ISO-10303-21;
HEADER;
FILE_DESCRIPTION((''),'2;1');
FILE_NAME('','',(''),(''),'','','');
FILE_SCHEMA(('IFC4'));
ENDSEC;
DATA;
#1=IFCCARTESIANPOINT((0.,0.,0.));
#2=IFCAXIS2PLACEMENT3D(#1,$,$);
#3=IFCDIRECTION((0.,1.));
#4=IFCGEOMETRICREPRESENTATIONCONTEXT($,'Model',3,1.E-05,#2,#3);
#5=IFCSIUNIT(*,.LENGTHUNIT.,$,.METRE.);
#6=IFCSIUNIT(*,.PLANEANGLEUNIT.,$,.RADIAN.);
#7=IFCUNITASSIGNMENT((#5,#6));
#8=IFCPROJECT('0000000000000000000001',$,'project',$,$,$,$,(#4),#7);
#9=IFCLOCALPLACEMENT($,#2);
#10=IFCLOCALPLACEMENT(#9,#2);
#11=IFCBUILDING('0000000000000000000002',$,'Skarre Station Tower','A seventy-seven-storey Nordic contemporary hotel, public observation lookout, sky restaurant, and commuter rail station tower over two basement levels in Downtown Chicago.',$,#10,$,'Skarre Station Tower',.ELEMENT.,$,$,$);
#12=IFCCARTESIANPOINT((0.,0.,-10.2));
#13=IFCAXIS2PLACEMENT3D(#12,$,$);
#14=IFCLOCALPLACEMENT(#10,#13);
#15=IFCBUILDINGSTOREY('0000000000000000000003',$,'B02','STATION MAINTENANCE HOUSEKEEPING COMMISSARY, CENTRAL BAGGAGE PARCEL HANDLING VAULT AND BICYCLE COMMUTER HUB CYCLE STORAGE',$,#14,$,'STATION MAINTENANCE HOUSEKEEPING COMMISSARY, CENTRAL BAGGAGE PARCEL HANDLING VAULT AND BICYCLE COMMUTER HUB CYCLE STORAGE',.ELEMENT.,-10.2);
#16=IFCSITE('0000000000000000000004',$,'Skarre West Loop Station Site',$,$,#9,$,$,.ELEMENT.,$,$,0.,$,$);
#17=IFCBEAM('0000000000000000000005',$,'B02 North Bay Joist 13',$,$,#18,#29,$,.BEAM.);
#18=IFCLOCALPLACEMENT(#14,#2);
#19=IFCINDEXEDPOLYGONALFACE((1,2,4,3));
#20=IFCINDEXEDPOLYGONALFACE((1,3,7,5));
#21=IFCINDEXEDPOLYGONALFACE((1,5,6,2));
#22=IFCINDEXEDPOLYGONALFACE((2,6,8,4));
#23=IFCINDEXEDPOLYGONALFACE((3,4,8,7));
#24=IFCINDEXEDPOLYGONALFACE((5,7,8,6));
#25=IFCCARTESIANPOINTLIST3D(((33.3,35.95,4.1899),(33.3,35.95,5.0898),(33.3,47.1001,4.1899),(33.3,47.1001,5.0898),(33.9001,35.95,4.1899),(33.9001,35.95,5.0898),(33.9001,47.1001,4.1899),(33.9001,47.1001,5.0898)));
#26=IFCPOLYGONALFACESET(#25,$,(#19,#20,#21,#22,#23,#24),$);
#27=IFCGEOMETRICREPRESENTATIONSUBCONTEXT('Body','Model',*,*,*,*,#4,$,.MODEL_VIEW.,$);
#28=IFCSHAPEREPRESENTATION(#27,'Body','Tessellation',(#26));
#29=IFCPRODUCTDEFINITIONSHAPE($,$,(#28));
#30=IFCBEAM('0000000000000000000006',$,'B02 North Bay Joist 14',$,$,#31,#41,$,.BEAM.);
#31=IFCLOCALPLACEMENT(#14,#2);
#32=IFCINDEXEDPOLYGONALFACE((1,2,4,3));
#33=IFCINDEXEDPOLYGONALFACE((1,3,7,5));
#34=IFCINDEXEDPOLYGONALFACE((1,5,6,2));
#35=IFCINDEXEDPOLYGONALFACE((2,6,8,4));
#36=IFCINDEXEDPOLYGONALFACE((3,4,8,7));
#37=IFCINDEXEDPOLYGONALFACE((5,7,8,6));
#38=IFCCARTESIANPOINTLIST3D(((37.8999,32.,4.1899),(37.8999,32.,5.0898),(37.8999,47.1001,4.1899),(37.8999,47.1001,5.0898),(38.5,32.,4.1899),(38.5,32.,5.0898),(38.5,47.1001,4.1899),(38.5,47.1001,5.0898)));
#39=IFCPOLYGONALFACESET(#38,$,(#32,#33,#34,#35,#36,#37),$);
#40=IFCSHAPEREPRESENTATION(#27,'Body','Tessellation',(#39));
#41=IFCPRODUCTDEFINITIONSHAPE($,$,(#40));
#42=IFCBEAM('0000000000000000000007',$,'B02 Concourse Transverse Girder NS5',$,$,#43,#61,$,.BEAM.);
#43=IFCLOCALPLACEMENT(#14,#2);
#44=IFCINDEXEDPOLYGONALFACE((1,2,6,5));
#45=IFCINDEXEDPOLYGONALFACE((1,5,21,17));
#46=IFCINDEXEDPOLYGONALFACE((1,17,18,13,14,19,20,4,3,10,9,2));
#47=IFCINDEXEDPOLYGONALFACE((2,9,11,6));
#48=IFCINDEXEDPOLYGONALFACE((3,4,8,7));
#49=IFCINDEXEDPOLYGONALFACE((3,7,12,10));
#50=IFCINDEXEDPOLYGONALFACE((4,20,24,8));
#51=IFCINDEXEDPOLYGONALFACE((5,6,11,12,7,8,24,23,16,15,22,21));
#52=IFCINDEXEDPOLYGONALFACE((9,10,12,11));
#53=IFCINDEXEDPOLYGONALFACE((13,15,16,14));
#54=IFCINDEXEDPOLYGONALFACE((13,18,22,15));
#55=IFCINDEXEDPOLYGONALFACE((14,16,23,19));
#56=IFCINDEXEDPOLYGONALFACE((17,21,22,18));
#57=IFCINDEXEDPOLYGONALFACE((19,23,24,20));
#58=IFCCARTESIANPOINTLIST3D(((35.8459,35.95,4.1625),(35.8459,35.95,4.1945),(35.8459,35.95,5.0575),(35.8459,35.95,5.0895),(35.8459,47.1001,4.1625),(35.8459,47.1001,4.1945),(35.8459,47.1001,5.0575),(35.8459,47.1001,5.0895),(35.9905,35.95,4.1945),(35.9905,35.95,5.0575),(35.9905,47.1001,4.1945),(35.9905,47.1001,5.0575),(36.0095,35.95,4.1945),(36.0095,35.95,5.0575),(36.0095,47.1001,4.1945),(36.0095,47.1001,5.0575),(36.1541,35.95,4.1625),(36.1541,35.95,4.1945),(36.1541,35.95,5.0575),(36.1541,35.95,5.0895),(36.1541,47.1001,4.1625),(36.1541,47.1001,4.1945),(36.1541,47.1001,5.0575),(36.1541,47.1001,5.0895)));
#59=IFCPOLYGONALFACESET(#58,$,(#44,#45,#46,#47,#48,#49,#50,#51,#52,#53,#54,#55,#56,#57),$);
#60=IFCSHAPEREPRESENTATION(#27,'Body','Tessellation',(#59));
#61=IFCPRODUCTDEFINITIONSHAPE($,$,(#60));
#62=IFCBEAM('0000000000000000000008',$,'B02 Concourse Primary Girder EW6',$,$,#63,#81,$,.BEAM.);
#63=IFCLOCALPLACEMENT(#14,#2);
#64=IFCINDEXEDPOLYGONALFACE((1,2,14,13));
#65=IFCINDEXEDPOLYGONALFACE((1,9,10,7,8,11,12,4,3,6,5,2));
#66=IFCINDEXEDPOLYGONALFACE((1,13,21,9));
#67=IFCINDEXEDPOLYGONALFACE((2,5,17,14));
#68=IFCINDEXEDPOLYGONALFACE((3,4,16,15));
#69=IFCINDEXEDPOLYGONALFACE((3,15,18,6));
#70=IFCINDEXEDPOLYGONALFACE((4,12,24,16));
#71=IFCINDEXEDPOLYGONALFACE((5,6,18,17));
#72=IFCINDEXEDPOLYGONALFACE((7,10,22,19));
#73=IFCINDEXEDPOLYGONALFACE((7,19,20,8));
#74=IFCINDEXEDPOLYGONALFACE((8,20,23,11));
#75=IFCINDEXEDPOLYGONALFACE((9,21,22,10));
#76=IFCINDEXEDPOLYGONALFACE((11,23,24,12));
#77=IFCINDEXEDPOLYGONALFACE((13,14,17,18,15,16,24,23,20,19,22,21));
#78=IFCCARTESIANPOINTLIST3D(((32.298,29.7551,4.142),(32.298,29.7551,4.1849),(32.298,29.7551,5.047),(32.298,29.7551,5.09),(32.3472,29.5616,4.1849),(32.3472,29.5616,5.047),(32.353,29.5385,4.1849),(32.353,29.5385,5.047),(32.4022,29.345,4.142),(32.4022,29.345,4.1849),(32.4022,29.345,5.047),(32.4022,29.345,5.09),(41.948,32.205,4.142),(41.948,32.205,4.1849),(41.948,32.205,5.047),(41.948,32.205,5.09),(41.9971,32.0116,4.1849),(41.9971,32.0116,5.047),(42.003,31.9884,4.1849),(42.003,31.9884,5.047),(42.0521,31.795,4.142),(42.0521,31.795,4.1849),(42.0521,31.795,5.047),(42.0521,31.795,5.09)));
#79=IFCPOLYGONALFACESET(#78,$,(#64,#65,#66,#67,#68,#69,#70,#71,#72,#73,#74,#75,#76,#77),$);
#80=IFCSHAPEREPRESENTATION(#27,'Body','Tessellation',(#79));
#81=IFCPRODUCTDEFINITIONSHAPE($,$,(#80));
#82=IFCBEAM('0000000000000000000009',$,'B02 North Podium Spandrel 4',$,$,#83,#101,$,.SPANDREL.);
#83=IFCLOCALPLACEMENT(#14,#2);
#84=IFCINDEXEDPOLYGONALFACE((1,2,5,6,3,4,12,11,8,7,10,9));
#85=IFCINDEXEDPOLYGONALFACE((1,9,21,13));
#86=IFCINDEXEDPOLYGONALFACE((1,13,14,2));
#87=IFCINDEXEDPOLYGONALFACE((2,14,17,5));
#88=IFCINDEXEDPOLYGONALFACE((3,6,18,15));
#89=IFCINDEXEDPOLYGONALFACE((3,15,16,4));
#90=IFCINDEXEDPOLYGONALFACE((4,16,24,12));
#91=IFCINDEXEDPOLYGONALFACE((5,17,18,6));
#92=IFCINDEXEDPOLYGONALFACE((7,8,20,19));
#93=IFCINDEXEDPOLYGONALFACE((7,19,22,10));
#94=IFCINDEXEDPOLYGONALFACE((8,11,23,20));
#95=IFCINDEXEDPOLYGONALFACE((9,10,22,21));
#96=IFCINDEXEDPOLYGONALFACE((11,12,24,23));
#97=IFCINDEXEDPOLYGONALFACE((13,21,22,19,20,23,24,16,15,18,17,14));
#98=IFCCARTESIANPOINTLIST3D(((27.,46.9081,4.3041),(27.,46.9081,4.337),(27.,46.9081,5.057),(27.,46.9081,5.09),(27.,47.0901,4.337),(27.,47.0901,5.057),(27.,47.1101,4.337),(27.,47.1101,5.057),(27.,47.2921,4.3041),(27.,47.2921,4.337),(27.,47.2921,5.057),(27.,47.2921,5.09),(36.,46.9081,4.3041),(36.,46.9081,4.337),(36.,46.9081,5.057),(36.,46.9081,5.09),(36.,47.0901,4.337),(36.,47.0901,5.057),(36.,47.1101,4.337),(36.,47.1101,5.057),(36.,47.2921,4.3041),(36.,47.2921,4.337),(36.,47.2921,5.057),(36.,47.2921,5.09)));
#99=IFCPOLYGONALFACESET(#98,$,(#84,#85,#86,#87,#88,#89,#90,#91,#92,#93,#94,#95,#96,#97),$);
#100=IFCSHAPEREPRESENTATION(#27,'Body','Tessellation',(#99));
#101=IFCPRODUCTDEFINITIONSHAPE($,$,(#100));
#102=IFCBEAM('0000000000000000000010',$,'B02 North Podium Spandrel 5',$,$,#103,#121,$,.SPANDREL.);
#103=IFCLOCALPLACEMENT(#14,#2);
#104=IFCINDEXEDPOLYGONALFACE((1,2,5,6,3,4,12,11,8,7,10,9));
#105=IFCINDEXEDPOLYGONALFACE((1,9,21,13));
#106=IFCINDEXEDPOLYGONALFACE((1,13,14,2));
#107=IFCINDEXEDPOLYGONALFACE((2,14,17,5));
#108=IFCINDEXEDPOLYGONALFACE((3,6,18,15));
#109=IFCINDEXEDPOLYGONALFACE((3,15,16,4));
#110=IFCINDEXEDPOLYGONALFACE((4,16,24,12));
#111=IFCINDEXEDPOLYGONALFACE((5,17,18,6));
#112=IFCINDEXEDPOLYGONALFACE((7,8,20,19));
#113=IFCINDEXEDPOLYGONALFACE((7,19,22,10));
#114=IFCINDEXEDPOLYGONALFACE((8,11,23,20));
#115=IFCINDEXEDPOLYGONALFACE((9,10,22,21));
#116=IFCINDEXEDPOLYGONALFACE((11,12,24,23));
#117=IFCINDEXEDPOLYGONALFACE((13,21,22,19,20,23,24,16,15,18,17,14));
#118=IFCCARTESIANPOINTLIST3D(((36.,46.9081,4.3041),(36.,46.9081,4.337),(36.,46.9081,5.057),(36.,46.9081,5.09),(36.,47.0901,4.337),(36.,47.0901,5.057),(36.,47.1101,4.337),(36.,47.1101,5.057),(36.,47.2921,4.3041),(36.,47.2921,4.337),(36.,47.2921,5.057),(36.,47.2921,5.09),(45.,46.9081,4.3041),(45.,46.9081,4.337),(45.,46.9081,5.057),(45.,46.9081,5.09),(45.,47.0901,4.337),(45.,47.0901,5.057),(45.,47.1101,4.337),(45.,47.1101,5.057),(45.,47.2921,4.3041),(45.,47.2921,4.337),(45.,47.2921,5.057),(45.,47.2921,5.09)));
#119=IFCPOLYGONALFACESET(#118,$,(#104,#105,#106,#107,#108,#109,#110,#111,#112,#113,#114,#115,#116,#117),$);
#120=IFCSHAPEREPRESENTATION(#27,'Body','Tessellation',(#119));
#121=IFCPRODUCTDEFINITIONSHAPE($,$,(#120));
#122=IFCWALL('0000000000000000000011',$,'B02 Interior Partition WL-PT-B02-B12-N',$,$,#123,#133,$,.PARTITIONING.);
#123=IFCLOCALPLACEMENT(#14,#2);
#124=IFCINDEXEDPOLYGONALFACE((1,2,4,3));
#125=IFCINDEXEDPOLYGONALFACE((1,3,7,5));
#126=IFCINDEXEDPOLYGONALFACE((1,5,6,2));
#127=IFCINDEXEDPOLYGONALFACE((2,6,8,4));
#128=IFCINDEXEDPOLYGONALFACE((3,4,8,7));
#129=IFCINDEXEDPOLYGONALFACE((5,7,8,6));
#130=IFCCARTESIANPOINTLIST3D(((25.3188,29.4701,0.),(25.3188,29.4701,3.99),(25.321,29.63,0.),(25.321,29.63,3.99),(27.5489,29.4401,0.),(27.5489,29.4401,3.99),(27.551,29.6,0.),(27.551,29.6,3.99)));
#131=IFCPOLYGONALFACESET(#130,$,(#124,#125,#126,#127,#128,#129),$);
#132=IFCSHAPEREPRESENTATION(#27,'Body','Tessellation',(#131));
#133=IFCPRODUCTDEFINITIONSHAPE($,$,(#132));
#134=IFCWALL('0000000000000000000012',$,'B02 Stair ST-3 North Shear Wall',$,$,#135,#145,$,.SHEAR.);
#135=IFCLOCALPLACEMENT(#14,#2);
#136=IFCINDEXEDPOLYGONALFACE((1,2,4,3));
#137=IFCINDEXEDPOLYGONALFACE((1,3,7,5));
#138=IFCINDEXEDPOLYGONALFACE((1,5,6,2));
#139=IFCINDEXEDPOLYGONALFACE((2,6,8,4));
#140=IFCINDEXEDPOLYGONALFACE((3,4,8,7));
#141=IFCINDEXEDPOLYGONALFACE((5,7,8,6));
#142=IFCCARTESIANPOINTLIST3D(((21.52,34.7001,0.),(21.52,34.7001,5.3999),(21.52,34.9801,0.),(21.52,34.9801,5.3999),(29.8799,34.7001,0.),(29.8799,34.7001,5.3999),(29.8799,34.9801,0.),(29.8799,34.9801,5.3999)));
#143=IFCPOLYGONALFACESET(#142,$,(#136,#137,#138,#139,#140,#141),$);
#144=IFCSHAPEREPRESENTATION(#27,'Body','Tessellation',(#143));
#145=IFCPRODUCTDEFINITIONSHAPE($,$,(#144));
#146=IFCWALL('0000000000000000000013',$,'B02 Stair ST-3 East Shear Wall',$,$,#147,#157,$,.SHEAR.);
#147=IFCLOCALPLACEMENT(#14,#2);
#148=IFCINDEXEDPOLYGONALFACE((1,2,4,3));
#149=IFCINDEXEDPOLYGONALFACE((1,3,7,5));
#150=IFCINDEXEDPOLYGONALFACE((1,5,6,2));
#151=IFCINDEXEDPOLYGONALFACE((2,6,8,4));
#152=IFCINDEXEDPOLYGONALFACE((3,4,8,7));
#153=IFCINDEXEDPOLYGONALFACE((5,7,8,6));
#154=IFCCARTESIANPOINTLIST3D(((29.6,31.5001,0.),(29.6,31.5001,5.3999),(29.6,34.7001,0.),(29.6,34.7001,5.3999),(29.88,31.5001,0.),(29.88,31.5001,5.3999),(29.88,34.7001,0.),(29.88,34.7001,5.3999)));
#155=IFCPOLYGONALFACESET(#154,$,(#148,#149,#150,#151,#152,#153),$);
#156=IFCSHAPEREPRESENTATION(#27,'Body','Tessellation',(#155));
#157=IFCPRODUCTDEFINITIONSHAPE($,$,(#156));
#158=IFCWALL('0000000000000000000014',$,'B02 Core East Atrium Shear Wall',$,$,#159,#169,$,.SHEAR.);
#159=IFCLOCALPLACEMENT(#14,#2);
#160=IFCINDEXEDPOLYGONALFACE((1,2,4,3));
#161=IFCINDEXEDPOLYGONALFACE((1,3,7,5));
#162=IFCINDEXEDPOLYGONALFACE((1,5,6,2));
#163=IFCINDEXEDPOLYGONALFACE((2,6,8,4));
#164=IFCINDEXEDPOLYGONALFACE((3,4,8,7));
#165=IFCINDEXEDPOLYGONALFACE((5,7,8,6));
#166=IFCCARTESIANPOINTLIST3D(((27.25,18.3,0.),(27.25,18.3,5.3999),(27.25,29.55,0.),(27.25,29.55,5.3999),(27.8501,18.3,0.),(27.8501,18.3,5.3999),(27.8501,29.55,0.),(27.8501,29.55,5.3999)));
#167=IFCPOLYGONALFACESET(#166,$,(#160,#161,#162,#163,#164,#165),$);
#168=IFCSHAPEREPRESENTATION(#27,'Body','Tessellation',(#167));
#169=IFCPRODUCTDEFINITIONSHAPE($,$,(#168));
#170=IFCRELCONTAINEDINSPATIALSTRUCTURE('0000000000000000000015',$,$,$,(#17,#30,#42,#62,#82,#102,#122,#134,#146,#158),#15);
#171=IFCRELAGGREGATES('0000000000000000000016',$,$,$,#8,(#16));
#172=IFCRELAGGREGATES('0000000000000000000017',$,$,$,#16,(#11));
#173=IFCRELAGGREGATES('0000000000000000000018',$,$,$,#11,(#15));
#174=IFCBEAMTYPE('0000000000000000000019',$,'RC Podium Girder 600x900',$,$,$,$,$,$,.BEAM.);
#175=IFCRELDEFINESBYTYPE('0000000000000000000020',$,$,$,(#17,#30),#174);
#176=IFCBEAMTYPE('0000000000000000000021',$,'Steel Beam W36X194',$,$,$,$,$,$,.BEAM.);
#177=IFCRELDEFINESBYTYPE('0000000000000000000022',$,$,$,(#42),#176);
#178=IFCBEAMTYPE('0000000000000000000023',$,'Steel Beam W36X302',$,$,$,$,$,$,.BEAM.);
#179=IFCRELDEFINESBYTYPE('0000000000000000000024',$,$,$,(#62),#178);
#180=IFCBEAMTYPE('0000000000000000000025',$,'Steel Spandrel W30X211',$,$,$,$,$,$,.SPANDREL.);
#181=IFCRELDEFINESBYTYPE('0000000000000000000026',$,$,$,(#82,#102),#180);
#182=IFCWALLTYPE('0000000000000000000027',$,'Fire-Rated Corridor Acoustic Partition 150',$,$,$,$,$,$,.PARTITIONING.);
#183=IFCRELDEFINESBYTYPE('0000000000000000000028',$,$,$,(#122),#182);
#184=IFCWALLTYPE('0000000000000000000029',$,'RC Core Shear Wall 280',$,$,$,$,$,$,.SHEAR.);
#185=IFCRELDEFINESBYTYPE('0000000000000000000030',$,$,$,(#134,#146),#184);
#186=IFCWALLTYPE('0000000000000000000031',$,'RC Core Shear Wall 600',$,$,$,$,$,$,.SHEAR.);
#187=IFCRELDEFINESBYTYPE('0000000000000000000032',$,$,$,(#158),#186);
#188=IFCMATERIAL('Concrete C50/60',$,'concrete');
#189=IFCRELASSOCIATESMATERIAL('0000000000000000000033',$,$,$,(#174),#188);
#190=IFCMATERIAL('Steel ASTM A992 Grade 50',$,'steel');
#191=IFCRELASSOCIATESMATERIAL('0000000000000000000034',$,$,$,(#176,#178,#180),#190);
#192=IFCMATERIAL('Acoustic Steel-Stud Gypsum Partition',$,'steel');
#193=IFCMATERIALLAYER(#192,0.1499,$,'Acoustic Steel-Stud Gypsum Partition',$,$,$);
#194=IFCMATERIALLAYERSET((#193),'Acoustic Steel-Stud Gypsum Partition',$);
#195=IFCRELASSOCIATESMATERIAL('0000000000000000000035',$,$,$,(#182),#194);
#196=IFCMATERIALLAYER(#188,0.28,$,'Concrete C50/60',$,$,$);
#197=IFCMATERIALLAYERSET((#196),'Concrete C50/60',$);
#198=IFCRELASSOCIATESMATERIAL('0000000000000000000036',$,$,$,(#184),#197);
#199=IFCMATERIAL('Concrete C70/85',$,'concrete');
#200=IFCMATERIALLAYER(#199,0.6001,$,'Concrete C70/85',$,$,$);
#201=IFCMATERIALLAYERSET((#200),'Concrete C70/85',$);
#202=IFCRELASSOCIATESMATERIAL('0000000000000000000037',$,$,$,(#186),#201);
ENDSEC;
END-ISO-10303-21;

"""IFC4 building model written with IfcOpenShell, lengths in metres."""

from ifc_helpers import new_model, si_unit, direction, frame, frame_2d, origin, origin_2d, place, context, subcontext, project, spatial, rectangle, i_section, extrude, material, layer, layer_set, material_profile, profile_set, type_object, element, save


model = new_model("IFC4")

# Units and contexts
model_context = context("Model", 3, precision=1e-05, world=origin(), true_north=direction((0.0, 1.0)))
body_context = subcontext(model_context, "Body", "Model", "MODEL_VIEW")
ifc_project = project(units=[si_unit("LENGTHUNIT", "METRE"), si_unit("PLANEANGLEUNIT", "RADIAN")], contexts=[model_context])

# Site, building, storey
site_placement = place(None, origin())
site = spatial("IfcSite", under=ifc_project, at=site_placement, Name="Skarre West Loop Station Site", CompositionType="ELEMENT", RefElevation=0.0)
building_placement = place(site_placement, origin())
building = spatial("IfcBuilding", under=site, at=building_placement, Name="Skarre Station Tower", Description="A seventy-seven-storey Nordic contemporary hotel, public observation lookout, sky restaurant, and commuter rail station tower over two basement levels in Downtown Chicago.", LongName="Skarre Station Tower", CompositionType="ELEMENT")
storey_placement = place(building_placement, frame((0.0, 0.0, -10.2)))
storey = spatial("IfcBuildingStorey", under=building, at=storey_placement, Name="B02", Description="STATION MAINTENANCE HOUSEKEEPING COMMISSARY, CENTRAL BAGGAGE PARCEL HANDLING VAULT AND BICYCLE COMMUTER HUB CYCLE STORAGE", LongName="STATION MAINTENANCE HOUSEKEEPING COMMISSARY, CENTRAL BAGGAGE PARCEL HANDLING VAULT AND BICYCLE COMMUTER HUB CYCLE STORAGE", CompositionType="ELEMENT", Elevation=-10.2)

# Shared definitions
ifc_material_1 = material(Name="Concrete C50/60", Category="concrete")

# Shared definitions
ifc_material_2 = material(Name="Concrete C70/85", Category="concrete")

# Beams
ifc_material_profile_1 = material_profile(ifc_material_1, rectangle(XDim=0.6001, YDim=0.8999, at=origin_2d()), Name="Concrete C50/60")
ifc_profile_set_1 = profile_set([ifc_material_profile_1], Name="Concrete C50/60")
beam_type_1 = type_object("IfcBeamType", Name="RC Podium Girder 600x900", PredefinedType="BEAM", material=ifc_profile_set_1)
for number, where, z_axis, x_axis, name in (
    (1, (33.6001, 35.95, 4.6399), (0.0, 1.0, 0.0), (-1.0, 0.0, 0.0), "B02 North Bay Joist 13"),
):
    element("IfcBeam", number, at=place(storey_placement, frame(where, z_axis=z_axis, x_axis=x_axis)), inside=storey, type_object=beam_type_1, Name=name, PredefinedType="BEAM", context=body_context, shape_type="SweptSolid", body=[
        extrude(rectangle(XDim=0.6001, YDim=0.8999, at=origin_2d()), origin(), (0.0, 0.0, 1.0), 11.1501),
    ])
beam_1_placement = place(storey_placement, frame((38.2, 32.0, 4.6399), z_axis=(0.0, 1.0, 0.0), x_axis=(-1.0, 0.0, 0.0)))
element("IfcBeam", 2, at=beam_1_placement, inside=storey, type_object=beam_type_1, Name="B02 North Bay Joist 14", PredefinedType="BEAM", context=body_context, shape_type="SweptSolid", body=[
    extrude(rectangle(XDim=0.6001, YDim=0.8999, at=origin_2d()), origin(), (0.0, 0.0, 1.0), 15.1001),
])
ifc_material_3 = material(Name="Steel ASTM A992 Grade 50", Category="steel")
ifc_material_profile_2 = material_profile(ifc_material_3, i_section(OverallWidth=0.3081, OverallDepth=0.927, WebThickness=0.019, FlangeThickness=0.032, at=origin_2d()), Name="Steel ASTM A992 Grade 50")
ifc_profile_set_2 = profile_set([ifc_material_profile_2], Name="Steel ASTM A992 Grade 50")
beam_type_2 = type_object("IfcBeamType", Name="Steel Beam W36X194", PredefinedType="BEAM", material=ifc_profile_set_2)
beam_2_placement = place(storey_placement, frame((36.0, 35.95, 4.626), z_axis=(0.0, 1.0, 0.0), x_axis=(-1.0, 0.0, 0.0)))
element("IfcBeam", 3, at=beam_2_placement, inside=storey, type_object=beam_type_2, Name="B02 Concourse Transverse Girder NS5", PredefinedType="BEAM", context=body_context, shape_type="SweptSolid", body=[
    extrude(i_section(OverallWidth=0.3081, OverallDepth=0.927, WebThickness=0.019, FlangeThickness=0.032, at=origin_2d()), origin(), (0.0, 0.0, 1.0), 11.1501),
])
ifc_material_profile_3 = material_profile(ifc_material_3, i_section(OverallWidth=0.4231, OverallDepth=0.948, WebThickness=0.0239, FlangeThickness=0.043, at=origin_2d()), Name="Steel ASTM A992 Grade 50")
ifc_profile_set_3 = profile_set([ifc_material_profile_3], Name="Steel ASTM A992 Grade 50")
beam_type_3 = type_object("IfcBeamType", Name="Steel Beam W36X302", PredefinedType="BEAM", material=ifc_profile_set_3)
beam_3_placement = place(storey_placement, frame((32.3501, 29.55, 4.616), z_axis=(0.96925, 0.246077, 0.0), x_axis=(-0.246077, 0.96925, 0.0)))
element("IfcBeam", 4, at=beam_3_placement, inside=storey, type_object=beam_type_3, Name="B02 Concourse Primary Girder EW6", PredefinedType="BEAM", context=body_context, shape_type="SweptSolid", body=[
    extrude(i_section(OverallWidth=0.4231, OverallDepth=0.948, WebThickness=0.0239, FlangeThickness=0.043, at=origin_2d()), origin(), (0.0, 0.0, 1.0), 9.9561),
])
ifc_material_profile_4 = material_profile(ifc_material_3, i_section(OverallWidth=0.384, OverallDepth=0.7859, WebThickness=0.02, FlangeThickness=0.033, at=origin_2d()), Name="Steel ASTM A992 Grade 50")
ifc_profile_set_4 = profile_set([ifc_material_profile_4], Name="Steel ASTM A992 Grade 50")
beam_type_4 = type_object("IfcBeamType", Name="Steel Spandrel W30X211", PredefinedType="SPANDREL", material=ifc_profile_set_4)
for number, where, z_axis, x_axis, name in (
    (5, (27.0, 47.1001, 4.697), (1.0, 0.0, 0.0), (0.0, 1.0, 0.0), "B02 North Podium Spandrel 4"),
    (6, (36.0, 47.1001, 4.697), (1.0, 0.0, 0.0), (0.0, 1.0, 0.0), "B02 North Podium Spandrel 5"),
):
    element("IfcBeam", number, at=place(storey_placement, frame(where, z_axis=z_axis, x_axis=x_axis)), inside=storey, type_object=beam_type_4, Name=name, PredefinedType="SPANDREL", context=body_context, shape_type="SweptSolid", body=[
        extrude(i_section(OverallWidth=0.384, OverallDepth=0.7859, WebThickness=0.02, FlangeThickness=0.033, at=origin_2d()), origin(), (0.0, 0.0, 1.0), 9.0),
    ])

# Walls
ifc_material_4 = material(Name="Acoustic Steel-Stud Gypsum Partition", Category="steel")
ifc_layer_1 = layer(ifc_material_4, 0.1499, Name="Acoustic Steel-Stud Gypsum Partition")
ifc_layer_set_1 = layer_set([ifc_layer_1], Name="Acoustic Steel-Stud Gypsum Partition")
wall_type_1 = type_object("IfcWallType", Name="Fire-Rated Corridor Acoustic Partition 150", PredefinedType="PARTITIONING", material=ifc_layer_set_1)
wall_1_placement = place(storey_placement, frame((27.55, 29.52, 0.0), z_axis=(0.0, 0.0, 1.0), x_axis=(-0.999909, 0.013465, 0.0)))
element("IfcWall", 7, at=wall_1_placement, inside=storey, type_object=wall_type_1, Name="B02 Interior Partition WL-PT-B02-B12-N", PredefinedType="PARTITIONING", context=body_context, shape_type="SweptSolid", body=[
    extrude(rectangle(XDim=2.2302, YDim=0.1599, at=frame_2d((1.1152, 0.0))), origin(), (0.0, 0.0, 1.0), 3.99),
])
ifc_layer_2 = layer(ifc_material_1, 0.28, Name="Concrete C50/60")
ifc_layer_set_2 = layer_set([ifc_layer_2], Name="Concrete C50/60")
wall_type_2 = type_object("IfcWallType", Name="RC Core Shear Wall 280", PredefinedType="SHEAR", material=ifc_layer_set_2)
wall_2_placement = place(storey_placement, frame((29.8799, 34.8401, 0.0), z_axis=(0.0, 0.0, 1.0), x_axis=(-1.0, 0.0, 0.0)))
element("IfcWall", 8, at=wall_2_placement, inside=storey, type_object=wall_type_2, Name="B02 Stair ST-3 North Shear Wall", PredefinedType="SHEAR", context=body_context, shape_type="SweptSolid", body=[
    extrude(rectangle(XDim=8.3599, YDim=0.28, at=frame_2d((4.1799, 0.0))), origin(), (0.0, 0.0, 1.0), 5.3999),
])
wall_3_placement = place(storey_placement, frame((29.74, 31.5, 0.0), z_axis=(0.0, 0.0, 1.0), x_axis=(0.0, 1.0, 0.0)))
element("IfcWall", 9, at=wall_3_placement, inside=storey, type_object=wall_type_2, Name="B02 Stair ST-3 East Shear Wall", PredefinedType="SHEAR", context=body_context, shape_type="SweptSolid", body=[
    extrude(rectangle(XDim=3.2, YDim=0.28, at=frame_2d((1.6001, 0.0))), origin(), (0.0, 0.0, 1.0), 5.3999),
])
ifc_layer_3 = layer(ifc_material_2, 0.6001, Name="Concrete C70/85")
ifc_layer_set_3 = layer_set([ifc_layer_3], Name="Concrete C70/85")
wall_type_3 = type_object("IfcWallType", Name="RC Core Shear Wall 600", PredefinedType="SHEAR", material=ifc_layer_set_3)
wall_4_placement = place(storey_placement, frame((27.55, 29.55, 0.0), z_axis=(0.0, 0.0, 1.0), x_axis=(0.0, -1.0, 0.0)))
element("IfcWall", 10, at=wall_4_placement, inside=storey, type_object=wall_type_3, Name="B02 Core East Atrium Shear Wall", PredefinedType="SHEAR", context=body_context, shape_type="SweptSolid", body=[
    extrude(rectangle(XDim=11.25, YDim=0.6001, at=frame_2d((5.625, 0.0))), origin(), (0.0, 0.0, 1.0), 5.3999),
])

save(model, "model.ifc")
